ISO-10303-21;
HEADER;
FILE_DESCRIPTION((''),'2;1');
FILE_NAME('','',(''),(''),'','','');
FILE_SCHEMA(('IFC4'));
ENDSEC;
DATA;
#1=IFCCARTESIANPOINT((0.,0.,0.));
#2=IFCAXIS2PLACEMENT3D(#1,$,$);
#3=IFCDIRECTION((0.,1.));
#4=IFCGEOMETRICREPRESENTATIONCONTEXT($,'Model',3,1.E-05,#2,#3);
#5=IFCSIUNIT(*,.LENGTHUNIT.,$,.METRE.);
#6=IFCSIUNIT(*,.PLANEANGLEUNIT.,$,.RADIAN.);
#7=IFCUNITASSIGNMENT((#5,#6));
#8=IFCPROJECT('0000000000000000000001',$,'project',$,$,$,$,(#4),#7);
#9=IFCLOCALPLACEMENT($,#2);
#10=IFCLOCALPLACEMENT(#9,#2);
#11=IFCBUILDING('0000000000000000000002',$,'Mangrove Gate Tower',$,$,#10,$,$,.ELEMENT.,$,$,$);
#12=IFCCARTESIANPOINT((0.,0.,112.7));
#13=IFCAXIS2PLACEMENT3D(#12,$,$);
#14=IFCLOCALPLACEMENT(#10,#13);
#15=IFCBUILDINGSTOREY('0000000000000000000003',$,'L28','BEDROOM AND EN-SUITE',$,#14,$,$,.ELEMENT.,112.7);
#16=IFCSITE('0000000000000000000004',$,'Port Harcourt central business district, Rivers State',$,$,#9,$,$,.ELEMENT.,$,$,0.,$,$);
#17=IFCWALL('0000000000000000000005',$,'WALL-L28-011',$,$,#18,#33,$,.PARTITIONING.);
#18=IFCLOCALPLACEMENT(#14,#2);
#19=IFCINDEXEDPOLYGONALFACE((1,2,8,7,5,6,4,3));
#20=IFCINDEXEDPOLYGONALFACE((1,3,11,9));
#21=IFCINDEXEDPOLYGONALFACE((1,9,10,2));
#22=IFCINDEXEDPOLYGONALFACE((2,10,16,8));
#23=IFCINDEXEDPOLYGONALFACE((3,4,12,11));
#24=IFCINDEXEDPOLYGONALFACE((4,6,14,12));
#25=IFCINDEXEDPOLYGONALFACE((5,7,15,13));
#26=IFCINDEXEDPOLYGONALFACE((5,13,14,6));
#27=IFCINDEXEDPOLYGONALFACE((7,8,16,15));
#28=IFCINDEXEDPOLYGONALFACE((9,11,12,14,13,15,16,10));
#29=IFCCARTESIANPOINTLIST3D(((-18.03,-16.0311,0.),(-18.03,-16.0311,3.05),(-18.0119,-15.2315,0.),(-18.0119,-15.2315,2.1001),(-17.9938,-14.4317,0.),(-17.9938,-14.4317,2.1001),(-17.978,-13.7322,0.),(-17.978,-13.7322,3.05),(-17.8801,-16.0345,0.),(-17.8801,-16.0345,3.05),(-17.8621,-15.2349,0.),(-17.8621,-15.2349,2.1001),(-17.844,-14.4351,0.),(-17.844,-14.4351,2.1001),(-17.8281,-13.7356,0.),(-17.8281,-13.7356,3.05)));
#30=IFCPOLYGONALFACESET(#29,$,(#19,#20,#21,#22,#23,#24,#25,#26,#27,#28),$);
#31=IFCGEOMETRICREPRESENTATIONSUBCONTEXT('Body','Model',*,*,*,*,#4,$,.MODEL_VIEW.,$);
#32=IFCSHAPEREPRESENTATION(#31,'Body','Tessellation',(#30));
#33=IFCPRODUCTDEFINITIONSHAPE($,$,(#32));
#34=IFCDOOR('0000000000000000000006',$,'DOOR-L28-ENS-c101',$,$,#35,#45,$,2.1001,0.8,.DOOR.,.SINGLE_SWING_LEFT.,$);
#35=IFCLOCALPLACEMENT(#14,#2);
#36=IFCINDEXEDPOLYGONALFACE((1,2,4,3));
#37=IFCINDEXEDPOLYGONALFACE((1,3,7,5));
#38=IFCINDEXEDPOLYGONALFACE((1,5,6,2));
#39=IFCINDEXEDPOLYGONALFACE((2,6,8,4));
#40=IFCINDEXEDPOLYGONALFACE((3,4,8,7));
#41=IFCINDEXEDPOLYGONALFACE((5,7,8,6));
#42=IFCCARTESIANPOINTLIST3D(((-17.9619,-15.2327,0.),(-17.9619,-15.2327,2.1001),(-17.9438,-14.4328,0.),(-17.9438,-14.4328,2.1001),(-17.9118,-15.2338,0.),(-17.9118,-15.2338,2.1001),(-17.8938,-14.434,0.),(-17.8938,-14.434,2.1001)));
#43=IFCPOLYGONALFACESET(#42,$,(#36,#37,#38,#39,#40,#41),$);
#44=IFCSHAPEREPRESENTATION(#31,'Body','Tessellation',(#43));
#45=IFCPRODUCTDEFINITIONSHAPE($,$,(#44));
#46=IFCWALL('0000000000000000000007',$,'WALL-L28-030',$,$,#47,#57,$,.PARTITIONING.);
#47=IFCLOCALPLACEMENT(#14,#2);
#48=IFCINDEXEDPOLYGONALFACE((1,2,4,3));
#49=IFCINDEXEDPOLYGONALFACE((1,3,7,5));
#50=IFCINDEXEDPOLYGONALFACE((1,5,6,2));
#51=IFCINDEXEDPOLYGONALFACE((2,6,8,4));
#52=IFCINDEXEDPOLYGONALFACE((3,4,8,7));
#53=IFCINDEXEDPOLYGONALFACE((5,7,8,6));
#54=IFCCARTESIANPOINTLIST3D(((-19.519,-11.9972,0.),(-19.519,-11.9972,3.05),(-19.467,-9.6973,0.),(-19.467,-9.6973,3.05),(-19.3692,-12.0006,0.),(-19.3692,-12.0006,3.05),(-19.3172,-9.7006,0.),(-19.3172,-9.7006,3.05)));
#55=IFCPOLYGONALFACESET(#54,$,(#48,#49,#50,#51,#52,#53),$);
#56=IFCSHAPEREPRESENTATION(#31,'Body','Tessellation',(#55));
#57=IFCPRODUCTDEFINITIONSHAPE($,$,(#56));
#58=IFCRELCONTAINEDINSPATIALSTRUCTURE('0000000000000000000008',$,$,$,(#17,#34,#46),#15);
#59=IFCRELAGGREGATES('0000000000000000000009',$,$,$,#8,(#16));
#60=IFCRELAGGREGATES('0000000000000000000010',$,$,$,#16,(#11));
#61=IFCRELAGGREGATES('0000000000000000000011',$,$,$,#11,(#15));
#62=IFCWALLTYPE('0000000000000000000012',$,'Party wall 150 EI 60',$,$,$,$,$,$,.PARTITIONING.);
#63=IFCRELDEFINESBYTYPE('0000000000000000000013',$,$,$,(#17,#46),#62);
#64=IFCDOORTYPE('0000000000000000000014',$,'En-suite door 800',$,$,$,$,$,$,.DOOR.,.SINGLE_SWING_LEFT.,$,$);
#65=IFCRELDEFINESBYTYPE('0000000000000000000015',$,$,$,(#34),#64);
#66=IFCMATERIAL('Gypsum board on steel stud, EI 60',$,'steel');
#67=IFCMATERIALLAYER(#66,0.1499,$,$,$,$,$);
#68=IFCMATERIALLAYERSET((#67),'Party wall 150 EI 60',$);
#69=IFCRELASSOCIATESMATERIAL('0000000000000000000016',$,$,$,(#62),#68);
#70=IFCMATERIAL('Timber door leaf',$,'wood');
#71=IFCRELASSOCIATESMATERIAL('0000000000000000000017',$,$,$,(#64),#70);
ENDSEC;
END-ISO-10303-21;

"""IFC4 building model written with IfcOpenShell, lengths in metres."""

from ifc_helpers import new_model, si_unit, direction, frame, frame_2d, origin, place, context, subcontext, project, spatial, rectangle, extrude, material, layer, layer_set, type_object, element, fill, save


model = new_model("IFC4")

# Units and contexts
model_context = context("Model", 3, precision=1e-05, world=origin(), true_north=direction((0.0, 1.0)))
body_context = subcontext(model_context, "Body", "Model", "MODEL_VIEW")
ifc_project = project(units=[si_unit("LENGTHUNIT", "METRE"), si_unit("PLANEANGLEUNIT", "RADIAN")], contexts=[model_context])

# Site, building, storey
site_placement = place(None, origin())
site = spatial("IfcSite", under=ifc_project, at=site_placement, Name="Port Harcourt central business district, Rivers State", CompositionType="ELEMENT", RefElevation=0.0)
building_placement = place(site_placement, origin())
building = spatial("IfcBuilding", under=site, at=building_placement, Name="Mangrove Gate Tower", CompositionType="ELEMENT")
storey_placement = place(building_placement, frame((0.0, 0.0, 112.7)))
storey = spatial("IfcBuildingStorey", under=building, at=storey_placement, Name="L28", Description="BEDROOM AND EN-SUITE", CompositionType="ELEMENT", Elevation=112.7)

# Shared definitions
ifc_material_1 = material(Name="Gypsum board on steel stud, EI 60", Category="steel")
ifc_layer_1 = layer(ifc_material_1, 0.1499)
ifc_layer_set_1 = layer_set([ifc_layer_1], Name="Party wall 150 EI 60")
wall_type_1 = type_object("IfcWallType", Name="Party wall 150 EI 60", PredefinedType="PARTITIONING", material=ifc_layer_set_1)

# Wall, opening, door
wall_1_placement = place(storey_placement, frame((-17.9551, -16.033, 0.0), z_axis=(0.0, 0.0, 1.0), x_axis=(0.022613, 0.999744, 0.0)))
wall_1 = element("IfcWall", 1, at=wall_1_placement, inside=storey, type_object=wall_type_1, Name="WALL-L28-011", PredefinedType="PARTITIONING", context=body_context, shape_type="SweptSolid", body=[
    extrude(rectangle(XDim=2.2996, YDim=0.1499, at=frame_2d((1.1499, 0.0))), origin(), (0.0, 0.0, 1.0), 3.05),
])
opening_1_placement = place(wall_1_placement, frame((0.8, 0.0, 0.0)))
opening_1 = element("IfcOpeningElement", 2, at=opening_1_placement, cuts=wall_1, PredefinedType="OPENING", context=body_context, shape_type="SweptSolid", body=[
    extrude(rectangle(XDim=0.8, YDim=2.1001, at=frame_2d((0.3999, 1.05))), frame((0.0, 0.085, 0.0), z_axis=(0.0, -1.0, 0.0), x_axis=(1.0, 0.0, 0.0)), (0.0, 0.0, 1.0), 0.1699),
])
ifc_material_2 = material(Name="Timber door leaf", Category="wood")
door_type_1 = type_object("IfcDoorType", Name="En-suite door 800", OperationType="SINGLE_SWING_LEFT", PredefinedType="DOOR", material=ifc_material_2)
door_1_placement = place(opening_1_placement, origin())
door_1 = element("IfcDoor", 3, at=door_1_placement, inside=storey, type_object=door_type_1, Name="DOOR-L28-ENS-c101", OperationType="SINGLE_SWING_LEFT", OverallHeight=2.1001, OverallWidth=0.8, PredefinedType="DOOR", context=body_context, shape_type="SweptSolid", body=[
    extrude(rectangle(XDim=0.8, YDim=2.1001, at=frame_2d((0.3999, 1.05))), frame((0.0, 0.0249, 0.0), z_axis=(0.0, -1.0, 0.0), x_axis=(1.0, 0.0, 0.0)), (0.0, 0.0, 1.0), 0.05),
])
fill(opening_1, door_1)

# Wall
wall_2_placement = place(storey_placement, frame((-19.4441, -11.999, 0.0), z_axis=(0.0, 0.0, 1.0), x_axis=(0.022603, 0.999745, 0.0)))
element("IfcWall", 4, at=wall_2_placement, inside=storey, type_object=wall_type_1, Name="WALL-L28-030", PredefinedType="PARTITIONING", context=body_context, shape_type="SweptSolid", body=[
    extrude(rectangle(XDim=2.3005, YDim=0.1499, at=frame_2d((1.1504, 0.0))), origin(), (0.0, 0.0, 1.0), 3.05),
])

save(model, "model.ifc")
